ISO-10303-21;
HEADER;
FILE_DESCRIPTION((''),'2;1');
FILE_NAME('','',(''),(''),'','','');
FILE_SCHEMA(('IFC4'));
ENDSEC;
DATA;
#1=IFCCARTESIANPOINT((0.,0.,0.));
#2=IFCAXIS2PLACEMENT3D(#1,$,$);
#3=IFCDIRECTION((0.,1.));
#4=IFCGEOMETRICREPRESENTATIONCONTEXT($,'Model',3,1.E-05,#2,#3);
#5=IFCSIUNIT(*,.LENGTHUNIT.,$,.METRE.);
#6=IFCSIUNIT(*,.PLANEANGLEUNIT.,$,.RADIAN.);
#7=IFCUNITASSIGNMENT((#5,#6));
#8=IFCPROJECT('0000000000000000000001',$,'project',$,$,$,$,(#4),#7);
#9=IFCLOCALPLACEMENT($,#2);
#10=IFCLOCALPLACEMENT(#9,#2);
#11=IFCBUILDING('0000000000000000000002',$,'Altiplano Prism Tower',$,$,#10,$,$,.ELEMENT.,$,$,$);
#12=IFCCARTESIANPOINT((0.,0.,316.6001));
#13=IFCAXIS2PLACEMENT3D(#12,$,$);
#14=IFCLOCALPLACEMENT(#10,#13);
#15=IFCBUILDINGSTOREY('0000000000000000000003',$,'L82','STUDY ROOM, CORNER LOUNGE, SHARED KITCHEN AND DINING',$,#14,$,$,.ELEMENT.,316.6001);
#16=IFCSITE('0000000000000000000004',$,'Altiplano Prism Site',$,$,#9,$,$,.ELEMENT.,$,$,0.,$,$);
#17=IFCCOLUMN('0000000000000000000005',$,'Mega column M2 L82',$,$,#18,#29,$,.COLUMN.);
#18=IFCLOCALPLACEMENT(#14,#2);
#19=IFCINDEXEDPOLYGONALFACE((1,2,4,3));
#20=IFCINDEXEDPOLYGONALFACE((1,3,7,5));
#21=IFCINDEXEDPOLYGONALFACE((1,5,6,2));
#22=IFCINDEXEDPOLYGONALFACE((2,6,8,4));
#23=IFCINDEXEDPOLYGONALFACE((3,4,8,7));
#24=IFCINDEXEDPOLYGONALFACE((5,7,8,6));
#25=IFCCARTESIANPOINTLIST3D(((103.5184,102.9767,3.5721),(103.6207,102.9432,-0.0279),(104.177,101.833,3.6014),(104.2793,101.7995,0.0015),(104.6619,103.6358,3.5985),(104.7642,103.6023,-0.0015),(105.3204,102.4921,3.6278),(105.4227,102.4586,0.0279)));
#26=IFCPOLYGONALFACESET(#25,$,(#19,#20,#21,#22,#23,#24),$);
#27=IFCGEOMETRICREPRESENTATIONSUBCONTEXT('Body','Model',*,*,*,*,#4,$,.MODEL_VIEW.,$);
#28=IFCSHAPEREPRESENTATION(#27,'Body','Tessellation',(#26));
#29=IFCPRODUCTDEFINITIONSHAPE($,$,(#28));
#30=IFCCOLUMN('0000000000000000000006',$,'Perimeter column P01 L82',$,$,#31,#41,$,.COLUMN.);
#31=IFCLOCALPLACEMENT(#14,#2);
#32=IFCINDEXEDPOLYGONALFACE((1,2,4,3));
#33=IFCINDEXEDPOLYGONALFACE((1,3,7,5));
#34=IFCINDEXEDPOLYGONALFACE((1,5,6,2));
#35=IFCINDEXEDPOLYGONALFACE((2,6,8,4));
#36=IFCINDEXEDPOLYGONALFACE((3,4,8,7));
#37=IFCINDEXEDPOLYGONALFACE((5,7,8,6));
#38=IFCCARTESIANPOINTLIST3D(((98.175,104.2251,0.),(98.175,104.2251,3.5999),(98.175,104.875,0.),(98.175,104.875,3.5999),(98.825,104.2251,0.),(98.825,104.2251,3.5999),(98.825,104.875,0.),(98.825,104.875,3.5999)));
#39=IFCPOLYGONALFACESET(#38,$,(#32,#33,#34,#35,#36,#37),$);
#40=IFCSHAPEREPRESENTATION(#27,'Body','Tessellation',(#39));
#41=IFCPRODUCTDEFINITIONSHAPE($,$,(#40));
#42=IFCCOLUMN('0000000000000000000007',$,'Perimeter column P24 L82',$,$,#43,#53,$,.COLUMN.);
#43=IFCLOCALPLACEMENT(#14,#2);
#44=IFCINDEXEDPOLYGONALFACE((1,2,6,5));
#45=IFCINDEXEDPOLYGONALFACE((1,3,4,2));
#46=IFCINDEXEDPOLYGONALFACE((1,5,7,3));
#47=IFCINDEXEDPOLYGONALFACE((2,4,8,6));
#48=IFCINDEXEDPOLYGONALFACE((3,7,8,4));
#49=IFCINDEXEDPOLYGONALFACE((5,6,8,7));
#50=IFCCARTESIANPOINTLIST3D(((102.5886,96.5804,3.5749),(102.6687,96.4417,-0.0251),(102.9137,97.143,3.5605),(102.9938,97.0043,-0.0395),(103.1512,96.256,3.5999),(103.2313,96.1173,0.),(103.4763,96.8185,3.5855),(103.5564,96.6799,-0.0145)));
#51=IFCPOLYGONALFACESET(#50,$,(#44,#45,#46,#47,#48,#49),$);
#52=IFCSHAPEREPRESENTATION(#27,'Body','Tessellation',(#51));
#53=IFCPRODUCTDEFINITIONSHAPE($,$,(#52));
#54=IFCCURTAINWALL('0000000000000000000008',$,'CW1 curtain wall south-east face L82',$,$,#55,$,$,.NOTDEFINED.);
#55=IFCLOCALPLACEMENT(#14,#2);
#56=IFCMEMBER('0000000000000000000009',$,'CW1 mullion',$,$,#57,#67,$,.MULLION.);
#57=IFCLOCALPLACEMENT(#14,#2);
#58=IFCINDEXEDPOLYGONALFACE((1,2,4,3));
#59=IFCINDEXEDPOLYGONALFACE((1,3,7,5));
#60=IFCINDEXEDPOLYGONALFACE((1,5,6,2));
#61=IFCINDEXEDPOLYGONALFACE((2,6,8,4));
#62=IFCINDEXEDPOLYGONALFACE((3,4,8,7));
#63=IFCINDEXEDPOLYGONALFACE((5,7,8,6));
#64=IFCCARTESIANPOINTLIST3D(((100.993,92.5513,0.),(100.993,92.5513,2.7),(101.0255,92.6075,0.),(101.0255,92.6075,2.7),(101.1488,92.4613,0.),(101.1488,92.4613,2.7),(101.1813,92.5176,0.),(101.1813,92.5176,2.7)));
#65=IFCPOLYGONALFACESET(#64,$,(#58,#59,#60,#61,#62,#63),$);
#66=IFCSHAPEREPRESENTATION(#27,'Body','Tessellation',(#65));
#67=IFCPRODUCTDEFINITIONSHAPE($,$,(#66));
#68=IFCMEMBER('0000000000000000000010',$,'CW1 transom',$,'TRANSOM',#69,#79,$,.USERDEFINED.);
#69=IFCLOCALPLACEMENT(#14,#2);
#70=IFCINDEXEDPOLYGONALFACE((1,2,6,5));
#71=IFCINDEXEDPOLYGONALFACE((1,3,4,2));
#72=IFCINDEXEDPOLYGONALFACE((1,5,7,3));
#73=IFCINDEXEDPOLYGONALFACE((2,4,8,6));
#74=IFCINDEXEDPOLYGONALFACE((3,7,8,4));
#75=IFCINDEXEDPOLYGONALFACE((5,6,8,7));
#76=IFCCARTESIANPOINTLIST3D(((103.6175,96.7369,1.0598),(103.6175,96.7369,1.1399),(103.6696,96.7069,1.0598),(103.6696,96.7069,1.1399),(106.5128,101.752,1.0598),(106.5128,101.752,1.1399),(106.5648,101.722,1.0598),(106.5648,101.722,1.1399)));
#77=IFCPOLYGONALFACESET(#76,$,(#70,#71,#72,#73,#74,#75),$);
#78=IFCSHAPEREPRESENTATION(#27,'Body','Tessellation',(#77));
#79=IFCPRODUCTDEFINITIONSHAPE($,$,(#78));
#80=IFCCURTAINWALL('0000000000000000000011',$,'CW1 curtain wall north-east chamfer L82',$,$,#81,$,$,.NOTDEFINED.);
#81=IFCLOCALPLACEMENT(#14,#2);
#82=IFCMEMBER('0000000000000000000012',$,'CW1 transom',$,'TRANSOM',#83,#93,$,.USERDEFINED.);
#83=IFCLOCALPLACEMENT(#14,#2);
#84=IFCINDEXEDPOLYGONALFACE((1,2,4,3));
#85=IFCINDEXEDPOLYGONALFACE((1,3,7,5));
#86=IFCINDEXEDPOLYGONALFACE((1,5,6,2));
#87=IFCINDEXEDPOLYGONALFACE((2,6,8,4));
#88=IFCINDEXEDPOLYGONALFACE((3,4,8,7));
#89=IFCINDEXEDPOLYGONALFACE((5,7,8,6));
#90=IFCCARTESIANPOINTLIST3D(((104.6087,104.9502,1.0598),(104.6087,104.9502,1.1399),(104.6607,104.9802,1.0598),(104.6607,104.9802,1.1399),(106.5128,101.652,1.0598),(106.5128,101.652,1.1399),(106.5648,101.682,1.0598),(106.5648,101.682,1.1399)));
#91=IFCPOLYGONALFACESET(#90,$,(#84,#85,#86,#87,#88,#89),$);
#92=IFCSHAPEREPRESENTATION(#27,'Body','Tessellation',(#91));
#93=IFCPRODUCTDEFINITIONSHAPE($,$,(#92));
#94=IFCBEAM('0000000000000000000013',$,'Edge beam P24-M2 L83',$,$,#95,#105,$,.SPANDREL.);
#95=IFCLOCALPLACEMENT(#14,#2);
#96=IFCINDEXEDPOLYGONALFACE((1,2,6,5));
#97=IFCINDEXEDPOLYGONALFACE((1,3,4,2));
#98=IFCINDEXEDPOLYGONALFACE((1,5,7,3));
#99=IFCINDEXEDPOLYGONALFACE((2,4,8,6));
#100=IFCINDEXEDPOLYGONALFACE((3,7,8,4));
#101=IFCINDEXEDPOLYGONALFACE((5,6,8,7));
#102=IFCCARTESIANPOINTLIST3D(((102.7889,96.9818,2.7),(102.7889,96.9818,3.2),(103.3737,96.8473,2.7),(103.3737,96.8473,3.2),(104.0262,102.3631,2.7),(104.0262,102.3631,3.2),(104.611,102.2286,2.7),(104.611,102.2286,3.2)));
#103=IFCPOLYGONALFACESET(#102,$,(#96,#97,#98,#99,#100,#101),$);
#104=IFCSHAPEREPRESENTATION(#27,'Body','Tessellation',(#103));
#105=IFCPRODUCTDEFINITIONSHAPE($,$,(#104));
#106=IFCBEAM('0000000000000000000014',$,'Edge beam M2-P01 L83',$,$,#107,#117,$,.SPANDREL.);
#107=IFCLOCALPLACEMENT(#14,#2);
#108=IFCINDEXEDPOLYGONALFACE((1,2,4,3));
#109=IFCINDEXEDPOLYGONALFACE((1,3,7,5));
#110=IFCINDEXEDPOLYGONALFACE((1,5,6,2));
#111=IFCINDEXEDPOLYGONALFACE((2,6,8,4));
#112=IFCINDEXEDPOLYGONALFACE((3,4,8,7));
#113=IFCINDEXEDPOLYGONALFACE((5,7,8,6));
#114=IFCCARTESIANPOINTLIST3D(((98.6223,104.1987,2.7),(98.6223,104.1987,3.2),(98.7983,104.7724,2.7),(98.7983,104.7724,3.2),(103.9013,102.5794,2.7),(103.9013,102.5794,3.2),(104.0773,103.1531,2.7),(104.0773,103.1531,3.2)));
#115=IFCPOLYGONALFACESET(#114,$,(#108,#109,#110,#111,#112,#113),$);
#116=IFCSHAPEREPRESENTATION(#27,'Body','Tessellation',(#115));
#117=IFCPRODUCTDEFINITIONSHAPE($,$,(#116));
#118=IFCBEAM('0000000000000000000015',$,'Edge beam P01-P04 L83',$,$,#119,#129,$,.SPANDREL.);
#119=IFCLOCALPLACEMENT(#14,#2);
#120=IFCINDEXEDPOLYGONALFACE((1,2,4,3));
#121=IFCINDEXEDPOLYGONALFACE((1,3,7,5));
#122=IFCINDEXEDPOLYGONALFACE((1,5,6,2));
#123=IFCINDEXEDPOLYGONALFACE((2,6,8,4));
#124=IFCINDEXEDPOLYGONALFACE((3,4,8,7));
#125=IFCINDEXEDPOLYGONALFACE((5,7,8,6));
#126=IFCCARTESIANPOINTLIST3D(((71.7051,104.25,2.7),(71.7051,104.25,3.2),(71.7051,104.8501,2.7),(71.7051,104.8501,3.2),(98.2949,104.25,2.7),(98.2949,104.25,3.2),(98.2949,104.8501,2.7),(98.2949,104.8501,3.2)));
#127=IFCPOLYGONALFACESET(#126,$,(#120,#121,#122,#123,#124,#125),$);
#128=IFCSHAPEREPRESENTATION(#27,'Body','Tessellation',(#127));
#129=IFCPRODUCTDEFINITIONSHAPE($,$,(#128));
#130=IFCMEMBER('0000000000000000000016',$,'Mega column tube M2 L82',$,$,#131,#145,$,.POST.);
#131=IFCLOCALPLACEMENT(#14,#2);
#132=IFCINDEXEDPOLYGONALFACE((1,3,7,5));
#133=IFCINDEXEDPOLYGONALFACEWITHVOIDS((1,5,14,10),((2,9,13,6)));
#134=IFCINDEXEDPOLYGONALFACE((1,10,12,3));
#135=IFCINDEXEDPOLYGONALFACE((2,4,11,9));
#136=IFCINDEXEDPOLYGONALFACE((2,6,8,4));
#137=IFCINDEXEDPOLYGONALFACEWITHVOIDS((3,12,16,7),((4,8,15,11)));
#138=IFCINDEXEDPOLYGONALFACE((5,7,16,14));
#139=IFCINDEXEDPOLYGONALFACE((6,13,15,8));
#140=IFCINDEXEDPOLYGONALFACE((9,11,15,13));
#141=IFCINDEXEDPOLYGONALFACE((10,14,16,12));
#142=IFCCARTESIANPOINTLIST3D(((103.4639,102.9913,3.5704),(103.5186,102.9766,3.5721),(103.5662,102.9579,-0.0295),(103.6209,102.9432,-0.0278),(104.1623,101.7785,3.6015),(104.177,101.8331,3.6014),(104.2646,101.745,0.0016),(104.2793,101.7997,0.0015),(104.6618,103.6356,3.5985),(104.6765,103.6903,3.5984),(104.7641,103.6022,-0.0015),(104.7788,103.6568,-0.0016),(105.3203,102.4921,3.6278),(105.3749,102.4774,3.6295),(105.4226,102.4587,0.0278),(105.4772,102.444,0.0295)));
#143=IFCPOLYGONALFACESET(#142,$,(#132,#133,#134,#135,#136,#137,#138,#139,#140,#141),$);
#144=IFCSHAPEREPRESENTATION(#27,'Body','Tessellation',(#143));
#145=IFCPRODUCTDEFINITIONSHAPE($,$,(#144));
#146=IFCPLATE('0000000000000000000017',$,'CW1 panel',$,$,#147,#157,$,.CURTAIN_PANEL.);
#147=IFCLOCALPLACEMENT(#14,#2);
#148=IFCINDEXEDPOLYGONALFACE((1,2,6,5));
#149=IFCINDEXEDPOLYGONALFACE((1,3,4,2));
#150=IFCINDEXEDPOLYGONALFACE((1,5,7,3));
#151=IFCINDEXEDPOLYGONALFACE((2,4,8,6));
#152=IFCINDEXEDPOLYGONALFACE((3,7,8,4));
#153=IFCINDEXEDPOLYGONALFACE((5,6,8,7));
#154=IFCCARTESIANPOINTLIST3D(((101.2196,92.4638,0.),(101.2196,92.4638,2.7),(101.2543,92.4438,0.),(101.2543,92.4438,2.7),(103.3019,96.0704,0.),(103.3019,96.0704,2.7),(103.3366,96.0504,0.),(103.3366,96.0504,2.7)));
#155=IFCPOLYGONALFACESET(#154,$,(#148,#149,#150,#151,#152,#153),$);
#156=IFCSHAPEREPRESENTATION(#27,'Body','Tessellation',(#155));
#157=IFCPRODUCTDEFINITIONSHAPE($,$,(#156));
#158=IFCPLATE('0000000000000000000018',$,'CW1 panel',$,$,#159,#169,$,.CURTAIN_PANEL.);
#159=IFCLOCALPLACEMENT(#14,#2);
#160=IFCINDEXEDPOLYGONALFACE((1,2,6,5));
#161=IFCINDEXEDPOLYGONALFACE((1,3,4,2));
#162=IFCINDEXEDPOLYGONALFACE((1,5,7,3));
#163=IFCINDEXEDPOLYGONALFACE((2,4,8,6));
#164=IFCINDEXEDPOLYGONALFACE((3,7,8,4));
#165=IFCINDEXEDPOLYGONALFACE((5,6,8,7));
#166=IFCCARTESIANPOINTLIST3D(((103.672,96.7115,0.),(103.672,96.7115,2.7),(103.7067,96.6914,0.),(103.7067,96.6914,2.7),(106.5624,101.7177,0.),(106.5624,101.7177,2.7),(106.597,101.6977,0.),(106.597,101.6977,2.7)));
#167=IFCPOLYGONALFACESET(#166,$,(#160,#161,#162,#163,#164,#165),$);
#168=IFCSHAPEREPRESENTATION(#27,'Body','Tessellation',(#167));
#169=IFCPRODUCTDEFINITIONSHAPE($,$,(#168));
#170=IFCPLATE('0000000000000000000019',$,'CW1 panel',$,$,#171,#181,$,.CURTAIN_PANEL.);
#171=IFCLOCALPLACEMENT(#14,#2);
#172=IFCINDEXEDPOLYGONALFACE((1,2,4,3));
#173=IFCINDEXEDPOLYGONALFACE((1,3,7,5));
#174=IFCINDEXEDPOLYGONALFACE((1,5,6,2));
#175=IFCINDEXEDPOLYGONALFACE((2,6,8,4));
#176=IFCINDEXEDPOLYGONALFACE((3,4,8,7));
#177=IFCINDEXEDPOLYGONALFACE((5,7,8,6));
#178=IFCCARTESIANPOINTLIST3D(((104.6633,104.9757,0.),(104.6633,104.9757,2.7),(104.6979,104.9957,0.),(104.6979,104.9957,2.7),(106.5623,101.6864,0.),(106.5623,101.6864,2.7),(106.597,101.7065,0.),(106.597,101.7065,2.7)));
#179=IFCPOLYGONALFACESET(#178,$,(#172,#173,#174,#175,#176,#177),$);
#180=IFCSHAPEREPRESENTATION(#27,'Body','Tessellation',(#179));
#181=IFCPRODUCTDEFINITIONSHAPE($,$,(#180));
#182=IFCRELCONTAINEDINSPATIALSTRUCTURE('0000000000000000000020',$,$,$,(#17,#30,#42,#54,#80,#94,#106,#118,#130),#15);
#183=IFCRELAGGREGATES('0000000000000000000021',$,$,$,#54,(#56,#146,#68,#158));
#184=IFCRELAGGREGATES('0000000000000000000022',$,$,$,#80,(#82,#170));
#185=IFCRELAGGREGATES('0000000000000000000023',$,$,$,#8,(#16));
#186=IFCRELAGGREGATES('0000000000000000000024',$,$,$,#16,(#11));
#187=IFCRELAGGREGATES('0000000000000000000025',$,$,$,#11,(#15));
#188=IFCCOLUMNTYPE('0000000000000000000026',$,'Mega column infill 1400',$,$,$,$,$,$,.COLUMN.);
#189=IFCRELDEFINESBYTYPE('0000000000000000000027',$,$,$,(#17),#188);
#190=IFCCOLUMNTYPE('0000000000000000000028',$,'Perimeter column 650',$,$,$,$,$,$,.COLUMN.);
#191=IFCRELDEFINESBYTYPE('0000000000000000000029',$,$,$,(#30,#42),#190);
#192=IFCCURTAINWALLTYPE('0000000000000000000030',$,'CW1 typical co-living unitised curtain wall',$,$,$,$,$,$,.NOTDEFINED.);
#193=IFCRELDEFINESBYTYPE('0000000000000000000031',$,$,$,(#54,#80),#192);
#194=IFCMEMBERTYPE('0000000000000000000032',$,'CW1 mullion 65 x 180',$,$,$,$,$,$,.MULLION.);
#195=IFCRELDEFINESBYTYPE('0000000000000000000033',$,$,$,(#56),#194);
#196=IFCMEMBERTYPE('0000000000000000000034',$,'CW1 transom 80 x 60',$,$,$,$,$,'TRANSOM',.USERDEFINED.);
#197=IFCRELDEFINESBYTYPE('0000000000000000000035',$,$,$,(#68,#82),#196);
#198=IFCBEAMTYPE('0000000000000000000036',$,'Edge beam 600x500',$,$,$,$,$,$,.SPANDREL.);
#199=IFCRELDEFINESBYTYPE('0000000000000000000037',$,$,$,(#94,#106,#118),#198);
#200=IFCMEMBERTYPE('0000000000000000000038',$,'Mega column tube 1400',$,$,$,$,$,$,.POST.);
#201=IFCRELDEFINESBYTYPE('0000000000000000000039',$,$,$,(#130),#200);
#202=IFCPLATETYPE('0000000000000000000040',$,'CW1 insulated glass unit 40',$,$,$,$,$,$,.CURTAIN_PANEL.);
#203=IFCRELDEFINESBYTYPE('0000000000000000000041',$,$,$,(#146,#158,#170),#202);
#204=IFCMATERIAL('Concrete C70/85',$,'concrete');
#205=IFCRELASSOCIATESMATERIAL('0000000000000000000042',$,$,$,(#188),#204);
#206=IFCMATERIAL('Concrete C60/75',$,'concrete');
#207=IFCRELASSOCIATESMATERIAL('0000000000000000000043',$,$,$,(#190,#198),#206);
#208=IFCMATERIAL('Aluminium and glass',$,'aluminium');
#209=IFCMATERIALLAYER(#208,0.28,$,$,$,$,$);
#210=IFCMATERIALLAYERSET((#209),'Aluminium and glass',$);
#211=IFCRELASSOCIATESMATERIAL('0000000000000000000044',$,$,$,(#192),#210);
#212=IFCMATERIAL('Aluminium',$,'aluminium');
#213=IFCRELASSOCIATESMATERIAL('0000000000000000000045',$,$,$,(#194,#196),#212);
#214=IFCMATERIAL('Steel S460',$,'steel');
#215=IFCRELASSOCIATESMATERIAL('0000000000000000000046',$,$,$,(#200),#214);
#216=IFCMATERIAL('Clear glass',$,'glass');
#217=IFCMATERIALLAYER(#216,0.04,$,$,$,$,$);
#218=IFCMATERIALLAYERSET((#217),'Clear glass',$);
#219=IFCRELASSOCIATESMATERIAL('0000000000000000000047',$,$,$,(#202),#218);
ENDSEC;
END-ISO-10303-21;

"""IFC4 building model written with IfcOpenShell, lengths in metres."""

from ifc_helpers import new_model, si_unit, direction, frame, origin, origin_2d, place, context, subcontext, project, spatial, rectangle, hollow_rectangle, extrude, material, layer, layer_set, material_profile, profile_set, type_object, element, aggregate, save


model = new_model("IFC4")

# Units and contexts
model_context = context("Model", 3, precision=1e-05, world=origin(), true_north=direction((0.0, 1.0)))
body_context = subcontext(model_context, "Body", "Model", "MODEL_VIEW")
ifc_project = project(units=[si_unit("LENGTHUNIT", "METRE"), si_unit("PLANEANGLEUNIT", "RADIAN")], contexts=[model_context])

# Site, building, storey
site_placement = place(None, origin())
site = spatial("IfcSite", under=ifc_project, at=site_placement, Name="Altiplano Prism Site", CompositionType="ELEMENT", RefElevation=0.0)
building_placement = place(site_placement, origin())
building = spatial("IfcBuilding", under=site, at=building_placement, Name="Altiplano Prism Tower", CompositionType="ELEMENT")
storey_placement = place(building_placement, frame((0.0, 0.0, 316.6001)))
storey = spatial("IfcBuildingStorey", under=building, at=storey_placement, Name="L82", Description="STUDY ROOM, CORNER LOUNGE, SHARED KITCHEN AND DINING", CompositionType="ELEMENT", Elevation=316.6001)

# Columns
ifc_material_1 = material(Name="Concrete C70/85", Category="concrete")
ifc_material_profile_1 = material_profile(ifc_material_1, rectangle(XDim=1.3201, YDim=1.3201, at=origin_2d()), Name="Mega column infill 1400")
ifc_profile_set_1 = profile_set([ifc_material_profile_1], Name="Concrete C70/85")
column_type_1 = type_object("IfcColumnType", Name="Mega column infill 1400", PredefinedType="COLUMN", material=ifc_profile_set_1)
column_1_placement = place(storey_placement, frame((104.5217, 102.7009, 0.0), z_axis=(-0.028404, 0.009287, 0.999553), x_axis=(0.498889, -0.866381, 0.022226)))
element("IfcColumn", 1, at=column_1_placement, inside=storey, type_object=column_type_1, Name="Mega column M2 L82", PredefinedType="COLUMN", context=body_context, shape_type="SweptSolid", body=[
    extrude(rectangle(XDim=1.3201, YDim=1.3201, at=origin_2d()), origin(), (0.0, 0.0, 1.0), 3.6016),
])
ifc_material_2 = material(Name="Concrete C60/75", Category="concrete")
ifc_material_profile_2 = material_profile(ifc_material_2, rectangle(XDim=0.6499, YDim=0.6499, at=origin_2d()), Name="Perimeter column 650")
ifc_profile_set_2 = profile_set([ifc_material_profile_2], Name="Concrete C60/75")
column_type_2 = type_object("IfcColumnType", Name="Perimeter column 650", PredefinedType="COLUMN", material=ifc_profile_set_2)
column_2_placement = place(storey_placement, frame((98.5, 104.55, 0.0), z_axis=(0.0, 0.0, 1.0), x_axis=(1.0, 0.0, 0.0)))
element("IfcColumn", 2, at=column_2_placement, inside=storey, type_object=column_type_2, Name="Perimeter column P01 L82", PredefinedType="COLUMN", context=body_context, shape_type="SweptSolid", body=[
    extrude(rectangle(XDim=0.6499, YDim=0.6499, at=origin_2d()), origin(), (0.0, 0.0, 1.0), 3.5999),
])
column_3_placement = place(storey_placement, frame((103.1125, 96.5608, -0.0198), z_axis=(-0.022223, 0.038483, 0.999012), x_axis=(-0.500175, -0.865639, 0.022219)))
element("IfcColumn", 3, at=column_3_placement, inside=storey, type_object=column_type_2, Name="Perimeter column P24 L82", PredefinedType="COLUMN", context=body_context, shape_type="SweptSolid", body=[
    extrude(rectangle(XDim=0.6499, YDim=0.6499, at=origin_2d()), origin(), (0.0, 0.0, 1.0), 3.6035),
])

# Curtain wall, members
ifc_material_3 = material(Name="Aluminium and glass", Category="aluminium")
ifc_layer_1 = layer(ifc_material_3, 0.28)
ifc_layer_set_1 = layer_set([ifc_layer_1], Name="Aluminium and glass")
curtain_wall_type = type_object("IfcCurtainWallType", Name="CW1 typical co-living unitised curtain wall", PredefinedType="NOTDEFINED", material=ifc_layer_set_1)
curtain_wall_1_placement = place(storey_placement, origin())
curtain_wall_1 = element("IfcCurtainWall", 4, at=curtain_wall_1_placement, inside=storey, type_object=curtain_wall_type, Name="CW1 curtain wall south-east face L82", PredefinedType="NOTDEFINED")
ifc_material_4 = material(Name="Aluminium", Category="aluminium")
ifc_material_profile_3 = material_profile(ifc_material_4, rectangle(XDim=0.1799, YDim=0.0649, at=origin_2d()), Name="CW1 mullion 65 x 180")
ifc_profile_set_3 = profile_set([ifc_material_profile_3], Name="Aluminium")
member_type_1 = type_object("IfcMemberType", Name="CW1 mullion 65 x 180", PredefinedType="MULLION", material=ifc_profile_set_3)
member_1_placement = place(storey_placement, frame((101.0872, 92.5344, 0.0), z_axis=(0.0, 0.0, 1.0), x_axis=(-0.866025, 0.5, 0.0)))
member_1 = element("IfcMember", 5, at=member_1_placement, type_object=member_type_1, Name="CW1 mullion", PredefinedType="MULLION", context=body_context, shape_type="SweptSolid", body=[
    extrude(rectangle(XDim=0.1799, YDim=0.0649, at=origin_2d()), origin(), (0.0, 0.0, 1.0), 2.7),
])
ifc_material_profile_4 = material_profile(ifc_material_4, rectangle(XDim=0.0601, YDim=0.0801, at=origin_2d()), Name="CW1 transom 80 x 60")
ifc_profile_set_4 = profile_set([ifc_material_profile_4], Name="Aluminium")
member_type_2 = type_object("IfcMemberType", Name="CW1 transom 80 x 60", ElementType="TRANSOM", PredefinedType="USERDEFINED", material=ifc_profile_set_4)
member_2_placement = place(storey_placement, frame((103.6436, 96.7219, 1.0999), z_axis=(0.499971, 0.866042, 0.0), x_axis=(-0.866042, 0.499971, 0.0)))
member_2 = element("IfcMember", 6, at=member_2_placement, type_object=member_type_2, Name="CW1 transom", ObjectType="TRANSOM", PredefinedType="USERDEFINED", context=body_context, shape_type="SweptSolid", body=[
    extrude(rectangle(XDim=0.0601, YDim=0.0801, at=origin_2d()), origin(), (0.0, 0.0, 1.0), 5.7908),
])

# Curtain wall, member
curtain_wall_2_placement = place(storey_placement, origin())
curtain_wall_2 = element("IfcCurtainWall", 7, at=curtain_wall_2_placement, inside=storey, type_object=curtain_wall_type, Name="CW1 curtain wall north-east chamfer L82", PredefinedType="NOTDEFINED")
member_3_placement = place(storey_placement, frame((106.5388, 101.667, 1.0999), z_axis=(-0.49998, 0.866037, 0.0), x_axis=(-0.866037, -0.49998, 0.0)))
member_3 = element("IfcMember", 8, at=member_3_placement, type_object=member_type_2, Name="CW1 transom", ObjectType="TRANSOM", PredefinedType="USERDEFINED", context=body_context, shape_type="SweptSolid", body=[
    extrude(rectangle(XDim=0.0601, YDim=0.0801, at=origin_2d()), origin(), (0.0, 0.0, 1.0), 3.8083),
])

# Beams
ifc_material_profile_5 = material_profile(ifc_material_2, rectangle(XDim=0.6001, YDim=0.5, at=origin_2d()), Name="Edge beam 600x500")
ifc_profile_set_5 = profile_set([ifc_material_profile_5], Name="Concrete C60/75")
beam_type = type_object("IfcBeamType", Name="Edge beam 600x500", PredefinedType="SPANDREL", material=ifc_profile_set_5)
for number, where, z_axis, x_axis, name in (
    (9, (103.0813, 96.9146, 2.95), (0.224078, 0.974571, 0.0), (-0.974571, 0.224078, 0.0), "Edge beam P24-M2 L83"),
    (10, (103.9893, 102.8662, 2.95), (-0.95603, 0.293269, 0.0), (-0.293269, -0.95603, 0.0), "Edge beam M2-P01 L83"),
):
    element("IfcBeam", number, at=place(storey_placement, frame(where, z_axis=z_axis, x_axis=x_axis)), inside=storey, type_object=beam_type, Name=name, PredefinedType="SPANDREL", context=body_context, shape_type="SweptSolid", body=[
        extrude(rectangle(XDim=0.6001, YDim=0.5, at=origin_2d()), origin(), (0.0, 0.0, 1.0), 5.5217),
    ])
beam_placement = place(storey_placement, frame((98.2949, 104.55, 2.95), z_axis=(-1.0, 0.0, 0.0), x_axis=(0.0, -1.0, 0.0)))
element("IfcBeam", 11, at=beam_placement, inside=storey, type_object=beam_type, Name="Edge beam P01-P04 L83", PredefinedType="SPANDREL", context=body_context, shape_type="SweptSolid", body=[
    extrude(rectangle(XDim=0.6001, YDim=0.5, at=origin_2d()), origin(), (0.0, 0.0, 1.0), 26.5898),
])

# Member
ifc_material_5 = material(Name="Steel S460", Category="steel")
ifc_material_profile_6 = material_profile(ifc_material_5, hollow_rectangle(XDim=1.3999, YDim=1.3999, WallThickness=0.04, at=origin_2d()), Name="Mega column tube 1400")
ifc_profile_set_6 = profile_set([ifc_material_profile_6], Name="Steel S460")
member_type_3 = type_object("IfcMemberType", Name="Mega column tube 1400", PredefinedType="POST", material=ifc_profile_set_6)
member_4_placement = place(storey_placement, frame((104.5217, 102.7009, 0.0), z_axis=(-0.028404, 0.009287, 0.999553), x_axis=(0.498889, -0.866381, 0.022226)))
element("IfcMember", 12, at=member_4_placement, inside=storey, type_object=member_type_3, Name="Mega column tube M2 L82", PredefinedType="POST", context=body_context, shape_type="SweptSolid", body=[
    extrude(hollow_rectangle(XDim=1.3999, YDim=1.3999, WallThickness=0.04, at=origin_2d()), origin(), (0.0, 0.0, 1.0), 3.6016),
])

# Plates
ifc_material_6 = material(Name="Clear glass", Category="glass")
ifc_layer_2 = layer(ifc_material_6, 0.04)
ifc_layer_set_2 = layer_set([ifc_layer_2], Name="Clear glass")
plate_type = type_object("IfcPlateType", Name="CW1 insulated glass unit 40", PredefinedType="CURTAIN_PANEL", material=ifc_layer_set_2)
plate_1_placement = place(storey_placement, frame((102.2781, 94.2571, 0.0), z_axis=(0.0, 0.0, 1.0), x_axis=(0.5, 0.866025, 0.0)))
plate_1 = element("IfcPlate", 13, at=plate_1_placement, type_object=plate_type, Name="CW1 panel", PredefinedType="CURTAIN_PANEL", context=body_context, shape_type="SweptSolid", body=[
    extrude(rectangle(XDim=4.1646, YDim=0.04, at=origin_2d()), origin(), (0.0, 0.0, 1.0), 2.7),
])
plate_2_placement = place(storey_placement, frame((105.1345, 99.2046, 0.0), z_axis=(0.0, 0.0, 1.0), x_axis=(0.5, 0.866025, 0.0)))
plate_2 = element("IfcPlate", 14, at=plate_2_placement, type_object=plate_type, Name="CW1 panel", PredefinedType="CURTAIN_PANEL", context=body_context, shape_type="SweptSolid", body=[
    extrude(rectangle(XDim=5.7808, YDim=0.04, at=origin_2d()), origin(), (0.0, 0.0, 1.0), 2.7),
])
aggregate(curtain_wall_1, [member_1, plate_1, member_2, plate_2])
plate_3_placement = place(storey_placement, frame((105.6301, 103.3411, 0.0), z_axis=(0.0, 0.0, 1.0), x_axis=(-0.5, 0.866025, 0.0)))
plate_3 = element("IfcPlate", 15, at=plate_3_placement, type_object=plate_type, Name="CW1 panel", PredefinedType="CURTAIN_PANEL", context=body_context, shape_type="SweptSolid", body=[
    extrude(rectangle(XDim=3.7981, YDim=0.04, at=origin_2d()), origin(), (0.0, 0.0, 1.0), 2.7),
])
aggregate(curtain_wall_2, [member_3, plate_3])

save(model, "model.ifc")
